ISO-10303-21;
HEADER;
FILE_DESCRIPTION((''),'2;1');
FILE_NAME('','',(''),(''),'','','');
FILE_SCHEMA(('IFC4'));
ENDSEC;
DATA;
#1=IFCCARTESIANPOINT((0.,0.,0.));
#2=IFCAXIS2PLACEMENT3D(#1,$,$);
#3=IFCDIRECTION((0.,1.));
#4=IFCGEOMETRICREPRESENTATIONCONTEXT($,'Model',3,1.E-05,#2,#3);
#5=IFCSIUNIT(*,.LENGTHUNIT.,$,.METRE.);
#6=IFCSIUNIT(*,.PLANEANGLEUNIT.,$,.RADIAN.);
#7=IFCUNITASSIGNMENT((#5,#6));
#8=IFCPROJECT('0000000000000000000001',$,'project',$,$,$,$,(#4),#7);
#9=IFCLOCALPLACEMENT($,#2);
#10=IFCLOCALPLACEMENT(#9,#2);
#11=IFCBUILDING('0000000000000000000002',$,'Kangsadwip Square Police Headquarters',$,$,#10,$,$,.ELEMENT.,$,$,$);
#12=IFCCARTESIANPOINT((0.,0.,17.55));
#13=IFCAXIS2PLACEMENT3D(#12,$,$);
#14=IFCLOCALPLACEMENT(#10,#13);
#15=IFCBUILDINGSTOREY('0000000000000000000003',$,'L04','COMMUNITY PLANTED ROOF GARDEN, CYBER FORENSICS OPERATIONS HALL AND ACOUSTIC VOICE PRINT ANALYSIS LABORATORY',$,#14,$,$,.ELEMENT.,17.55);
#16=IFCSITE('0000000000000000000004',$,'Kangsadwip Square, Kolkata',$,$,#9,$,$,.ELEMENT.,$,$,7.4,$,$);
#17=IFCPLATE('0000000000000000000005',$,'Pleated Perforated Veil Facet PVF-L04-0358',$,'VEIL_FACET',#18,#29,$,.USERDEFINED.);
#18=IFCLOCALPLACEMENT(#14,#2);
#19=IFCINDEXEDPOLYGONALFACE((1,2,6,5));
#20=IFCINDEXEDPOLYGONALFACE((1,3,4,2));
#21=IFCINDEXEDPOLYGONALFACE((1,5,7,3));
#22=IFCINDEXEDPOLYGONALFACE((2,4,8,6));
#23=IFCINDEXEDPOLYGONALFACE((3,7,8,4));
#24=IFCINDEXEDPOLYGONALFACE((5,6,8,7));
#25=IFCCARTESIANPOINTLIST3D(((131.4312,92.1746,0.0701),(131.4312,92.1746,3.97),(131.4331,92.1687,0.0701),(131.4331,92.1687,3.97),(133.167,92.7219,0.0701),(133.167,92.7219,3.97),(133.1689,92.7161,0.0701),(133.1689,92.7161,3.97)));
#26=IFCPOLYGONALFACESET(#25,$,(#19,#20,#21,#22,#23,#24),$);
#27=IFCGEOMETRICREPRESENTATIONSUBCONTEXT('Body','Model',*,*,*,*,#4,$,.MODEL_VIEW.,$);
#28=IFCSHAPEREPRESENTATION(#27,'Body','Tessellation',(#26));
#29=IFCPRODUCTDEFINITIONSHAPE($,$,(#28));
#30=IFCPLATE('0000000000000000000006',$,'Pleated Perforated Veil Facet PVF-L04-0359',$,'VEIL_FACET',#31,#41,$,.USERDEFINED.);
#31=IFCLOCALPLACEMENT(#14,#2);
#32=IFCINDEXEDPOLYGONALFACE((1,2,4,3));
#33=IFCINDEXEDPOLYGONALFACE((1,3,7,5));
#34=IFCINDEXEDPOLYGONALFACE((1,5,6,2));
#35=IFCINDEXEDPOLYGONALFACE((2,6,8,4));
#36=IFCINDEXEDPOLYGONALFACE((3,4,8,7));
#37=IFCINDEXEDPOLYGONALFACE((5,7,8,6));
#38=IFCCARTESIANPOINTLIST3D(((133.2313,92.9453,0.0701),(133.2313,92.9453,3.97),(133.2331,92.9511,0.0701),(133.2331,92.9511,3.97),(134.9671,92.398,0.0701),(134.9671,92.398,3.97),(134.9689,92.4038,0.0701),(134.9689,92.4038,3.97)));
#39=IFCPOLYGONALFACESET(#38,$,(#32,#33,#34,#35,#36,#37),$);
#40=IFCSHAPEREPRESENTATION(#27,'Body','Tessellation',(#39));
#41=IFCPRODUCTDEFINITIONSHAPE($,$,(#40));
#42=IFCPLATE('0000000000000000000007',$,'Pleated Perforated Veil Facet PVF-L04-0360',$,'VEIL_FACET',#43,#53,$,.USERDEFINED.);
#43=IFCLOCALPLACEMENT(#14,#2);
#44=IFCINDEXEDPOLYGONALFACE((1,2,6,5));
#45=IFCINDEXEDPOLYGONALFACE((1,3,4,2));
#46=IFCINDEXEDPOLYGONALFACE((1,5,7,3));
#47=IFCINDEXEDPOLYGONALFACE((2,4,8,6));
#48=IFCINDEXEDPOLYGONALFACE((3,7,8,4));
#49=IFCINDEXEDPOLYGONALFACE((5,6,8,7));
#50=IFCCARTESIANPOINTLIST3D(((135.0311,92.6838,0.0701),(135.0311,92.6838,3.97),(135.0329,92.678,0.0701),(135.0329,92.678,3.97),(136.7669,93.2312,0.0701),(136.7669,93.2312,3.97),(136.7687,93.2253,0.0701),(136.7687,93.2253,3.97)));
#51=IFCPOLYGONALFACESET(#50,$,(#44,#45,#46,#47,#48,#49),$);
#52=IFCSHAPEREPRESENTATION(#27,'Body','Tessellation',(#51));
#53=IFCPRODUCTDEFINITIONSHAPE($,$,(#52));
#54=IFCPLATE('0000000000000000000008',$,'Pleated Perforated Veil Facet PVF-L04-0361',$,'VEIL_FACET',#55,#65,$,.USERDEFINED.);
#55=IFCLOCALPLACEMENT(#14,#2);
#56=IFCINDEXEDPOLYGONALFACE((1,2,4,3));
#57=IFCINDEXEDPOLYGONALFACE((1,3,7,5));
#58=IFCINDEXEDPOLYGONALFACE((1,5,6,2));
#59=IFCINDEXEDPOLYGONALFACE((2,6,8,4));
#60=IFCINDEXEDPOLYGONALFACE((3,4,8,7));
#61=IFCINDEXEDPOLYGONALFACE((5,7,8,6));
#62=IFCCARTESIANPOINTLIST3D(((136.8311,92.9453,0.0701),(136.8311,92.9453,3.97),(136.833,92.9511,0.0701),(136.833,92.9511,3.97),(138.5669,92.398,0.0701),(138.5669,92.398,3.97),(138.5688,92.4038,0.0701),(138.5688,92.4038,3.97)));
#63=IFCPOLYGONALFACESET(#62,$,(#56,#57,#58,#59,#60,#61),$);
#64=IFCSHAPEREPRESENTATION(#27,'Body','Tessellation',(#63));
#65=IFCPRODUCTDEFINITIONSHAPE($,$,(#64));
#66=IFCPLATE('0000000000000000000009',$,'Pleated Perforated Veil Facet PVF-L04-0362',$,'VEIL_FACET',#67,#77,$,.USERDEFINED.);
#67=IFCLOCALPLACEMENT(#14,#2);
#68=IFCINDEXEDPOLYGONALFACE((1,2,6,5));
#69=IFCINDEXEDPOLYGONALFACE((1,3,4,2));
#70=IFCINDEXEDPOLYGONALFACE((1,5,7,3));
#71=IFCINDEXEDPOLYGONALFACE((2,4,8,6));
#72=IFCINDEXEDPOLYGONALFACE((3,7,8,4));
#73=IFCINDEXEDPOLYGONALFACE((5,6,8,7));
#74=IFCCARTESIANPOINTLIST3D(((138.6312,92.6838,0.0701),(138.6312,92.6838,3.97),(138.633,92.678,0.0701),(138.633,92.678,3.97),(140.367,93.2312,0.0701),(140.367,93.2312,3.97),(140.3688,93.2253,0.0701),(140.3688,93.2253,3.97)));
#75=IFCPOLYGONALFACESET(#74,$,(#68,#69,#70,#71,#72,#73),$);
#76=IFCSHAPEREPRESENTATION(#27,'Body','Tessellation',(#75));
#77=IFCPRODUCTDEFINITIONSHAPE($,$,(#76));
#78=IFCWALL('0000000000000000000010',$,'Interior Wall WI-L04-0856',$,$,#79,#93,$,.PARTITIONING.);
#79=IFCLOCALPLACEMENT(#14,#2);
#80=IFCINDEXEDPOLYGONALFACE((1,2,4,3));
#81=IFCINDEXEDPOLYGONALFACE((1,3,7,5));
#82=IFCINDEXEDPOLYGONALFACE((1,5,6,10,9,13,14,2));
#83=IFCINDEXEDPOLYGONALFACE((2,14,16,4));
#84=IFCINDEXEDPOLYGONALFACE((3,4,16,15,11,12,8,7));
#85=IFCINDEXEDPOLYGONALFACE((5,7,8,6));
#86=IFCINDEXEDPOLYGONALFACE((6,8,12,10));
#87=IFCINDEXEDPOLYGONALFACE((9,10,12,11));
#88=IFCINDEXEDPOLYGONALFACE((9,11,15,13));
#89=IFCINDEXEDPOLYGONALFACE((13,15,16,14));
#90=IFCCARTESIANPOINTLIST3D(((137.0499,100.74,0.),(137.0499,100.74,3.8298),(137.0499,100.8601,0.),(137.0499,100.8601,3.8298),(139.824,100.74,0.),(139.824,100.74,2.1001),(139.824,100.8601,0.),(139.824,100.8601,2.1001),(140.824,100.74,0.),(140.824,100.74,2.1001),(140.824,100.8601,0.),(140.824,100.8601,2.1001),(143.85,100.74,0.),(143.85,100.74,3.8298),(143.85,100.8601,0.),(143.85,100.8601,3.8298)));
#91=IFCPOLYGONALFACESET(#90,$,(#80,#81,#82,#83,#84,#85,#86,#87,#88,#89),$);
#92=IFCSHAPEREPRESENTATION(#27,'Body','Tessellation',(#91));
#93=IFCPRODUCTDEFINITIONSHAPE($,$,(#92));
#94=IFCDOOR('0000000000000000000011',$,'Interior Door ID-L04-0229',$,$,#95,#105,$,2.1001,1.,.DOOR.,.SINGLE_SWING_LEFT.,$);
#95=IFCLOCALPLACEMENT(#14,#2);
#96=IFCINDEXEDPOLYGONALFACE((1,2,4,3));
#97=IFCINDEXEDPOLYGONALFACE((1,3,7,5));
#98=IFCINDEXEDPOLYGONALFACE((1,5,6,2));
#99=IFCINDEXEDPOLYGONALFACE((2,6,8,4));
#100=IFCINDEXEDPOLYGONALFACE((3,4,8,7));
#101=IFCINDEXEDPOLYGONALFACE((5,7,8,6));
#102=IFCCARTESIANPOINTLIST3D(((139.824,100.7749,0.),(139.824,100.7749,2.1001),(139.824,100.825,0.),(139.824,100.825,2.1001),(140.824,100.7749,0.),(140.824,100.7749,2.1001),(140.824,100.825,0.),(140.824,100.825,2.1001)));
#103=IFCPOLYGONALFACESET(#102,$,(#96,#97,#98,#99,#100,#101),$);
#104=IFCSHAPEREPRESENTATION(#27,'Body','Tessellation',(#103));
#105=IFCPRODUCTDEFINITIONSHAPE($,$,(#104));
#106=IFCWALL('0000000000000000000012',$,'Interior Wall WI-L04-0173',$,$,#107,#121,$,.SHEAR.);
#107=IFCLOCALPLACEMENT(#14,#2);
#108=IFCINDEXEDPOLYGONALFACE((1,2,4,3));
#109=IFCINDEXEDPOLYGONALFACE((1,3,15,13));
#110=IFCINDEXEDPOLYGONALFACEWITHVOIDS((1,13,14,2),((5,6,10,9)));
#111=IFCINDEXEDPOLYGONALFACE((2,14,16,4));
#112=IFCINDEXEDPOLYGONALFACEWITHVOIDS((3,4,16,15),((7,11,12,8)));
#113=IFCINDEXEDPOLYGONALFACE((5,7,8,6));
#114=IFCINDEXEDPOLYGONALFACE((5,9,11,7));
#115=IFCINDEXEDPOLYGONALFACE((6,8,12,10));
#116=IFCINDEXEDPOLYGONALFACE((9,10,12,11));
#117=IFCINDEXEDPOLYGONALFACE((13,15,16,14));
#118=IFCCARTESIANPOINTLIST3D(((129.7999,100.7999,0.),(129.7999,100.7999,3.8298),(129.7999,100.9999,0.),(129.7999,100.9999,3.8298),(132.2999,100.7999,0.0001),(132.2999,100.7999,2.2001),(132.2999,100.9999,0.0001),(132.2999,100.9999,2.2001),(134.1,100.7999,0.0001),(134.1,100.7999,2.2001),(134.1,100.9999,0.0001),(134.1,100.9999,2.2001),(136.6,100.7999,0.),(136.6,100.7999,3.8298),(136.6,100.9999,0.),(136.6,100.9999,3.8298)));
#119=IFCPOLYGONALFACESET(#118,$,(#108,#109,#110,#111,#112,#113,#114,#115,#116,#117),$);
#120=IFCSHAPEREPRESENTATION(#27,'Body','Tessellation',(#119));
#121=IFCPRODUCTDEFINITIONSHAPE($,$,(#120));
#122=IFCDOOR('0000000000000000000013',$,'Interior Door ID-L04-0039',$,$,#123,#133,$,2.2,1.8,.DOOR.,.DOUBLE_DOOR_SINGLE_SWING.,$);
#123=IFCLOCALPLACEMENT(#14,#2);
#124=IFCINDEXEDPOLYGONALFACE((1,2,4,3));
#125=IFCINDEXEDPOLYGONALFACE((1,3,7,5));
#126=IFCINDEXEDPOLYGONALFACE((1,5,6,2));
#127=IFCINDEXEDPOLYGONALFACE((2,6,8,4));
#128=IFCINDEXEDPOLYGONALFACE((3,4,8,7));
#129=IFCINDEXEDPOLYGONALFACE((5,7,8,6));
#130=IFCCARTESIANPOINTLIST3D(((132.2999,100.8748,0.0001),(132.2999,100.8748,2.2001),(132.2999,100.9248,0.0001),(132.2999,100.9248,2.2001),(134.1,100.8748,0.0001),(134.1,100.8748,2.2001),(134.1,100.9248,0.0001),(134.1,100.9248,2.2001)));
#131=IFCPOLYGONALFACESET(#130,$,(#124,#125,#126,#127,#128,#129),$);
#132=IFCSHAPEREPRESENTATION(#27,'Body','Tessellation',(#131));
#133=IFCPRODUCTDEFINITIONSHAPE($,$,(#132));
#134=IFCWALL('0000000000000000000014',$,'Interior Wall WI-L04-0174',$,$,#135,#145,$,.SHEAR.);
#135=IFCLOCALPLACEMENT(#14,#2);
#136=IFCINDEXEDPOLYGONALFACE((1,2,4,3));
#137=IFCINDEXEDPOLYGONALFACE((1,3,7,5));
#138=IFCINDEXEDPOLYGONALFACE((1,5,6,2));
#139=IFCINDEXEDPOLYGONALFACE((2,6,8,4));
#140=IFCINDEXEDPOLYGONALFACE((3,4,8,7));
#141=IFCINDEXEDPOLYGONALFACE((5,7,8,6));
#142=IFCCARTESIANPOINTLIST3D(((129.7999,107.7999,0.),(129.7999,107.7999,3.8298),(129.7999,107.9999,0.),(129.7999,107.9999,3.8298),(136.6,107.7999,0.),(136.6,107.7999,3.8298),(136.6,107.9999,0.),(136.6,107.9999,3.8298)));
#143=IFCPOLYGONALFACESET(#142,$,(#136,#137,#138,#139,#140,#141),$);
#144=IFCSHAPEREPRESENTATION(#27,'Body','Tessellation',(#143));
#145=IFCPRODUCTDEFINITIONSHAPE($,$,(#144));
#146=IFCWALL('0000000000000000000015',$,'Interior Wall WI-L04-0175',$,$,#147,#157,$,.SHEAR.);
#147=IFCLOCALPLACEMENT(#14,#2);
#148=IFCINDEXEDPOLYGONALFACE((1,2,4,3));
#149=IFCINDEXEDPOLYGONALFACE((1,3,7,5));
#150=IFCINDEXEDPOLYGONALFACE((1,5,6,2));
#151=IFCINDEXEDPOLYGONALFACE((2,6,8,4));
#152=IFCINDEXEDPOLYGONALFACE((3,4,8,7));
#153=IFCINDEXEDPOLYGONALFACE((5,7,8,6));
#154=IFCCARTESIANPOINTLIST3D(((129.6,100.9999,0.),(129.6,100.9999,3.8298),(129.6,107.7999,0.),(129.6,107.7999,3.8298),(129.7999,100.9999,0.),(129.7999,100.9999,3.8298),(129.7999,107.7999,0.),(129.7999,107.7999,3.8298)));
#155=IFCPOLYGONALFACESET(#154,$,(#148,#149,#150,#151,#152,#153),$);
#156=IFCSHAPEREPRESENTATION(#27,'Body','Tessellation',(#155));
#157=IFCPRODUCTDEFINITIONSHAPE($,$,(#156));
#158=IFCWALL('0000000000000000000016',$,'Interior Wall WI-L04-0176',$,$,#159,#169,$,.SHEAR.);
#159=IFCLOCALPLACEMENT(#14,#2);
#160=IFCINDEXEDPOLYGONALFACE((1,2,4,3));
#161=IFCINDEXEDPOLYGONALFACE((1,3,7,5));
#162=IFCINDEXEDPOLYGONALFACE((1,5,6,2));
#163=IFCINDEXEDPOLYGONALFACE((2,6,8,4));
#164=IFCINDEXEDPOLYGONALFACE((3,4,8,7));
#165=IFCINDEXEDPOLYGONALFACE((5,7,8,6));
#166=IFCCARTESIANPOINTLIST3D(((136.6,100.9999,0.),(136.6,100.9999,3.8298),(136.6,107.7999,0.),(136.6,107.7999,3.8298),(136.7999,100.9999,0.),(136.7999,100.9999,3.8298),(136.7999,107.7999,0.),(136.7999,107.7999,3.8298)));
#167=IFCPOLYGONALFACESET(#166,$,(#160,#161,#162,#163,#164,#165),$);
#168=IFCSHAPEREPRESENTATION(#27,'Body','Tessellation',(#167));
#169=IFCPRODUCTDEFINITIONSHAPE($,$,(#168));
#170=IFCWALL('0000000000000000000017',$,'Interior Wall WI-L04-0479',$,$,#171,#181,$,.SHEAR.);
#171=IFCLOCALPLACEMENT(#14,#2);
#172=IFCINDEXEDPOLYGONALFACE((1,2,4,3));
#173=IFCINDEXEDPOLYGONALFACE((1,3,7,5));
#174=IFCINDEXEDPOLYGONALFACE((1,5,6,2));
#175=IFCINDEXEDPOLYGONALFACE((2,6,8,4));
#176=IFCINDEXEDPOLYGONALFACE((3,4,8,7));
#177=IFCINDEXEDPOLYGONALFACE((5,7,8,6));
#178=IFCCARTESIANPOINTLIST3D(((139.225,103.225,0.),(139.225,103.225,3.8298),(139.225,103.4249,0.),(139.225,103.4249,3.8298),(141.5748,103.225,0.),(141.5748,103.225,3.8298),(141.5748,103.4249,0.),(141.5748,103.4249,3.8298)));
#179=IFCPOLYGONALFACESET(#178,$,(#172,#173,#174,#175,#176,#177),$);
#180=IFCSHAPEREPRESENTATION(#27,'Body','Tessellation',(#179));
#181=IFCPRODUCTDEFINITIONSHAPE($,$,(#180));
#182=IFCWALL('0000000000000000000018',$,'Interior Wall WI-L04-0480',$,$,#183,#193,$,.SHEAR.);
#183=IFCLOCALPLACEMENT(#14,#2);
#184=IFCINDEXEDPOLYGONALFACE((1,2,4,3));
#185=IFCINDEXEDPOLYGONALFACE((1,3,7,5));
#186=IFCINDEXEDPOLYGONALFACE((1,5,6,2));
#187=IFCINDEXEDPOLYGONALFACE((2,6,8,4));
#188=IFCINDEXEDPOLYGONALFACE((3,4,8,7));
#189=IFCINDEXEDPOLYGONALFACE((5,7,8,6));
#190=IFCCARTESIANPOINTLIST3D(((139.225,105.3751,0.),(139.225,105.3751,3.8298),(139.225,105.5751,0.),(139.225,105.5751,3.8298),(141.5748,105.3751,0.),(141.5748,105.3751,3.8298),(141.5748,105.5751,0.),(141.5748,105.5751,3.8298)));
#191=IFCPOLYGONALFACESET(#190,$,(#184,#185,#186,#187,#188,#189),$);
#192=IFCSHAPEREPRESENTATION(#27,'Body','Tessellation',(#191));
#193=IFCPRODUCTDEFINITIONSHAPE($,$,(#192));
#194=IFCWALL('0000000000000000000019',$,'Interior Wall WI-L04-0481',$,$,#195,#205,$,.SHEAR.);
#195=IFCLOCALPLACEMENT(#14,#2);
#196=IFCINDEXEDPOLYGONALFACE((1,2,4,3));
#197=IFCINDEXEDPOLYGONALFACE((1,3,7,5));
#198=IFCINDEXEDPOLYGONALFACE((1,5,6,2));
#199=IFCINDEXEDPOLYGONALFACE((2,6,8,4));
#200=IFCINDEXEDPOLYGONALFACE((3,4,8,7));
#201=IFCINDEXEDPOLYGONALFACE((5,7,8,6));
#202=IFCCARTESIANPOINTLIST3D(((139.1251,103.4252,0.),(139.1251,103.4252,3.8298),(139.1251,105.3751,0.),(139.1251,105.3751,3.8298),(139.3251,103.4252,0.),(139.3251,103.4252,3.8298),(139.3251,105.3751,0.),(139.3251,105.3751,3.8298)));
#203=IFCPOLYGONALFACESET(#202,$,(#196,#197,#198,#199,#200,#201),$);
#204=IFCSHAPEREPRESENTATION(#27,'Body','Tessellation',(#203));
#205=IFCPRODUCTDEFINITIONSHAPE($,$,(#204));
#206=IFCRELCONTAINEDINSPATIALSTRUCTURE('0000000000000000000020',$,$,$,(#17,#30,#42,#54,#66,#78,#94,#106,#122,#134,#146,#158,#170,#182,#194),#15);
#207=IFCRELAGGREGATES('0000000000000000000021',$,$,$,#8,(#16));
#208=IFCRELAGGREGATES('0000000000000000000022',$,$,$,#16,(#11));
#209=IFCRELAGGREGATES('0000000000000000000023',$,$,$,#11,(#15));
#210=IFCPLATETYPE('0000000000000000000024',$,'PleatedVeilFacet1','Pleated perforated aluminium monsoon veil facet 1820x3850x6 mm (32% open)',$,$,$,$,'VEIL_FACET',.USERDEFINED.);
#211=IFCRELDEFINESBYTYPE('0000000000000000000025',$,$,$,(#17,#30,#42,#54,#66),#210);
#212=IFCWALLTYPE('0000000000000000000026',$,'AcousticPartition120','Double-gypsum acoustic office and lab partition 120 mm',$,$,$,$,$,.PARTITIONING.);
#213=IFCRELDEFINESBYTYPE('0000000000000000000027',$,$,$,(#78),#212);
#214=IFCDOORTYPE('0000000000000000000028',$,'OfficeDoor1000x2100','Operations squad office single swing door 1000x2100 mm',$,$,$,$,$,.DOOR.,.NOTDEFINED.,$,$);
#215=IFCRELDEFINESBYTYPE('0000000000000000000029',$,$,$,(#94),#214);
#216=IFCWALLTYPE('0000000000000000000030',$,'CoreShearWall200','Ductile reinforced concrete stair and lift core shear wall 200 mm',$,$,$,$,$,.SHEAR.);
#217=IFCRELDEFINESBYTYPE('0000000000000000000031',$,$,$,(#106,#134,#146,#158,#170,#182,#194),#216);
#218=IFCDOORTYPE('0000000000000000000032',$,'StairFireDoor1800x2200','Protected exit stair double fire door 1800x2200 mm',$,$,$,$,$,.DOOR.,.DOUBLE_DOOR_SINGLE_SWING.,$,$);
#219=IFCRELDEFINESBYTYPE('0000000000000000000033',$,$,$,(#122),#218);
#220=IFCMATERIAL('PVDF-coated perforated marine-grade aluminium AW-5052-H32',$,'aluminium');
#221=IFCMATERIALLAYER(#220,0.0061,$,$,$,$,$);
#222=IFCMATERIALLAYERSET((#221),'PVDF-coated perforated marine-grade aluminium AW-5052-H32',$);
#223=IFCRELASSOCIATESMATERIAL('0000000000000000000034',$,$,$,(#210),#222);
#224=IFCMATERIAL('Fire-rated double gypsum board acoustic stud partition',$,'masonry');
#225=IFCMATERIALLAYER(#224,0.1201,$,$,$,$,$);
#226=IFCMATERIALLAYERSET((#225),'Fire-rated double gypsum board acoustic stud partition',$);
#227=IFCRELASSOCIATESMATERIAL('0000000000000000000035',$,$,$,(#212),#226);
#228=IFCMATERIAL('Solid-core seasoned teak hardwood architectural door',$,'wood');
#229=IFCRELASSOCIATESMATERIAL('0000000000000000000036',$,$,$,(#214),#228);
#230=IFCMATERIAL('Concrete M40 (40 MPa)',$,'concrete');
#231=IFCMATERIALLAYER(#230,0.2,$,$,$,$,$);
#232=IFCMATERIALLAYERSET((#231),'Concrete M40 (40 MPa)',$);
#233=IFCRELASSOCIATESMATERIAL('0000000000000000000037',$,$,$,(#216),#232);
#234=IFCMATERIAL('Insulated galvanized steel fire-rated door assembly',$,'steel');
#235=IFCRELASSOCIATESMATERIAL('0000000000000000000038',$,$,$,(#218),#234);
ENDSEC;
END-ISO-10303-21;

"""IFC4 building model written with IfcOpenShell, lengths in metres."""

from ifc_helpers import new_model, si_unit, direction, frame, frame_2d, origin, origin_2d, place, context, subcontext, project, spatial, rectangle, extrude, material, layer, layer_set, type_object, element, fill, save


model = new_model("IFC4")

# Units and contexts
model_context = context("Model", 3, precision=1e-05, world=origin(), true_north=direction((0.0, 1.0)))
body_context = subcontext(model_context, "Body", "Model", "MODEL_VIEW")
ifc_project = project(units=[si_unit("LENGTHUNIT", "METRE"), si_unit("PLANEANGLEUNIT", "RADIAN")], contexts=[model_context])

# Site, building, storey
site_placement = place(None, origin())
site = spatial("IfcSite", under=ifc_project, at=site_placement, Name="Kangsadwip Square, Kolkata", CompositionType="ELEMENT", RefElevation=7.4)
building_placement = place(site_placement, origin())
building = spatial("IfcBuilding", under=site, at=building_placement, Name="Kangsadwip Square Police Headquarters", CompositionType="ELEMENT")
storey_placement = place(building_placement, frame((0.0, 0.0, 17.55)))
storey = spatial("IfcBuildingStorey", under=building, at=storey_placement, Name="L04", Description="COMMUNITY PLANTED ROOF GARDEN, CYBER FORENSICS OPERATIONS HALL AND ACOUSTIC VOICE PRINT ANALYSIS LABORATORY", CompositionType="ELEMENT", Elevation=17.55)

# Plates
ifc_material_1 = material(Name="PVDF-coated perforated marine-grade aluminium AW-5052-H32", Category="aluminium")
ifc_layer_1 = layer(ifc_material_1, 0.0061)
ifc_layer_set_1 = layer_set([ifc_layer_1], Name="PVDF-coated perforated marine-grade aluminium AW-5052-H32")
plate_type_1 = type_object("IfcPlateType", Name="PleatedVeilFacet1", Description="Pleated perforated aluminium monsoon veil facet 1820x3850x6 mm (32% open)", ElementType="VEIL_FACET", PredefinedType="USERDEFINED", material=ifc_layer_set_1)
for number, where, z_axis, x_axis, name in (
    (1, (132.3, 92.4453, 0.0701), (0.0, 0.0, 1.0), (0.953717, 0.300706, 0.0), "Pleated Perforated Veil Facet PVF-L04-0358"),
    (2, (134.1001, 92.6746, 0.0701), (0.0, 0.0, 1.0), (0.953717, -0.300706, 0.0), "Pleated Perforated Veil Facet PVF-L04-0359"),
    (3, (135.8999, 92.9546, 0.0701), (0.0, 0.0, 1.0), (0.953717, 0.300706, 0.0), "Pleated Perforated Veil Facet PVF-L04-0360"),
    (4, (137.7, 92.6746, 0.0701), (0.0, 0.0, 1.0), (0.953717, -0.300706, 0.0), "Pleated Perforated Veil Facet PVF-L04-0361"),
    (5, (139.5, 92.9546, 0.0701), (0.0, 0.0, 1.0), (0.953717, 0.300706, 0.0), "Pleated Perforated Veil Facet PVF-L04-0362"),
):
    element("IfcPlate", number, at=place(storey_placement, frame(where, z_axis=z_axis, x_axis=x_axis)), inside=storey, type_object=plate_type_1, Name=name, ObjectType="VEIL_FACET", PredefinedType="USERDEFINED", context=body_context, shape_type="SweptSolid", body=[
        extrude(rectangle(XDim=1.8201, YDim=0.0061, at=origin_2d()), origin(), (0.0, 0.0, 1.0), 3.8999),
    ])

# Walls, openings, doors
ifc_material_2 = material(Name="Fire-rated double gypsum board acoustic stud partition", Category="masonry")
ifc_layer_2 = layer(ifc_material_2, 0.1201)
ifc_layer_set_2 = layer_set([ifc_layer_2], Name="Fire-rated double gypsum board acoustic stud partition")
wall_type_1 = type_object("IfcWallType", Name="AcousticPartition120", Description="Double-gypsum acoustic office and lab partition 120 mm", PredefinedType="PARTITIONING", material=ifc_layer_set_2)
wall_1_placement = place(storey_placement, frame((137.05, 100.8, 0.0), z_axis=(0.0, 0.0, 1.0), x_axis=(1.0, 0.0, 0.0)))
wall_1 = element("IfcWall", 6, at=wall_1_placement, inside=storey, type_object=wall_type_1, Name="Interior Wall WI-L04-0856", PredefinedType="PARTITIONING", context=body_context, shape_type="SweptSolid", body=[
    extrude(rectangle(XDim=6.8, YDim=0.1201, at=frame_2d((3.3999, 0.0))), origin(), (0.0, 0.0, 1.0), 3.8298),
])
opening_1_placement = place(wall_1_placement, frame((2.7739, 0.0, 0.0)))
opening_1 = element("IfcOpeningElement", 7, at=opening_1_placement, cuts=wall_1, PredefinedType="OPENING", context=body_context, shape_type="SweptSolid", body=[
    extrude(rectangle(XDim=1.0, YDim=2.1001, at=frame_2d((0.5, 1.05))), frame((0.0, 0.0701, 0.0), z_axis=(0.0, -1.0, 0.0), x_axis=(1.0, 0.0, 0.0)), (0.0, 0.0, 1.0), 0.1401),
])
ifc_material_3 = material(Name="Solid-core seasoned teak hardwood architectural door", Category="wood")
door_type_1 = type_object("IfcDoorType", Name="OfficeDoor1000x2100", Description="Operations squad office single swing door 1000x2100 mm", OperationType="NOTDEFINED", PredefinedType="DOOR", material=ifc_material_3)
door_1_placement = place(opening_1_placement, origin())
door_1 = element("IfcDoor", 8, at=door_1_placement, inside=storey, type_object=door_type_1, Name="Interior Door ID-L04-0229", OperationType="SINGLE_SWING_LEFT", OverallHeight=2.1001, OverallWidth=1.0, PredefinedType="DOOR", context=body_context, shape_type="SweptSolid", body=[
    extrude(rectangle(XDim=1.0, YDim=2.1001, at=frame_2d((0.5, 1.05))), frame((0.0, 0.0249, 0.0), z_axis=(0.0, -1.0, 0.0), x_axis=(1.0, 0.0, 0.0)), (0.0, 0.0, 1.0), 0.05),
])
fill(opening_1, door_1)
ifc_material_4 = material(Name="Concrete M40 (40 MPa)", Category="concrete")
ifc_layer_3 = layer(ifc_material_4, 0.2)
ifc_layer_set_3 = layer_set([ifc_layer_3], Name="Concrete M40 (40 MPa)")
wall_type_2 = type_object("IfcWallType", Name="CoreShearWall200", Description="Ductile reinforced concrete stair and lift core shear wall 200 mm", PredefinedType="SHEAR", material=ifc_layer_set_3)
wall_2_placement = place(storey_placement, frame((129.8, 100.8999, 0.0), z_axis=(0.0, 0.0, 1.0), x_axis=(1.0, 0.0, 0.0)))
wall_2 = element("IfcWall", 9, at=wall_2_placement, inside=storey, type_object=wall_type_2, Name="Interior Wall WI-L04-0173", PredefinedType="SHEAR", context=body_context, shape_type="SweptSolid", body=[
    extrude(rectangle(XDim=6.8, YDim=0.2, at=frame_2d((3.3999, 0.0))), origin(), (0.0, 0.0, 1.0), 3.8298),
])
opening_2_placement = place(wall_2_placement, frame((2.5, 0.0, 0.0)))
opening_2 = element("IfcOpeningElement", 10, at=opening_2_placement, cuts=wall_2, PredefinedType="OPENING", context=body_context, shape_type="SweptSolid", body=[
    extrude(rectangle(XDim=1.8, YDim=2.2, at=frame_2d((0.8999, 1.1001))), frame((0.0, 0.1099, 0.0), z_axis=(0.0, -1.0, 0.0), x_axis=(1.0, 0.0, 0.0)), (0.0, 0.0, 1.0), 0.22),
])
ifc_material_5 = material(Name="Insulated galvanized steel fire-rated door assembly", Category="steel")
door_type_2 = type_object("IfcDoorType", Name="StairFireDoor1800x2200", Description="Protected exit stair double fire door 1800x2200 mm", OperationType="DOUBLE_DOOR_SINGLE_SWING", PredefinedType="DOOR", material=ifc_material_5)
door_2_placement = place(opening_2_placement, origin())
door_2 = element("IfcDoor", 11, at=door_2_placement, inside=storey, type_object=door_type_2, Name="Interior Door ID-L04-0039", OperationType="DOUBLE_DOOR_SINGLE_SWING", OverallHeight=2.2, OverallWidth=1.8, PredefinedType="DOOR", context=body_context, shape_type="SweptSolid", body=[
    extrude(rectangle(XDim=1.8, YDim=2.2, at=frame_2d((0.8999, 1.1001))), frame((0.0, 0.0249, 0.0), z_axis=(0.0, -1.0, 0.0), x_axis=(1.0, 0.0, 0.0)), (0.0, 0.0, 1.0), 0.05),
])
fill(opening_2, door_2)

# Walls
for number, where, z_axis, x_axis, name in (
    (12, (129.8, 107.8999, 0.0), (0.0, 0.0, 1.0), (1.0, 0.0, 0.0), "Interior Wall WI-L04-0174"),
    (13, (129.7, 101.0, 0.0), (0.0, 0.0, 1.0), (0.0, 1.0, 0.0), "Interior Wall WI-L04-0175"),
    (14, (136.7, 101.0, 0.0), (0.0, 0.0, 1.0), (0.0, 1.0, 0.0), "Interior Wall WI-L04-0176"),
):
    element("IfcWall", number, at=place(storey_placement, frame(where, z_axis=z_axis, x_axis=x_axis)), inside=storey, type_object=wall_type_2, Name=name, PredefinedType="SHEAR", context=body_context, shape_type="SweptSolid", body=[
        extrude(rectangle(XDim=6.8, YDim=0.2, at=frame_2d((3.3999, 0.0))), origin(), (0.0, 0.0, 1.0), 3.8298),
    ])
for number, where, z_axis, x_axis, name in (
    (15, (139.2251, 103.325, 0.0), (0.0, 0.0, 1.0), (1.0, 0.0, 0.0), "Interior Wall WI-L04-0479"),
    (16, (139.2251, 105.4751, 0.0), (0.0, 0.0, 1.0), (1.0, 0.0, 0.0), "Interior Wall WI-L04-0480"),
):
    element("IfcWall", number, at=place(storey_placement, frame(where, z_axis=z_axis, x_axis=x_axis)), inside=storey, type_object=wall_type_2, Name=name, PredefinedType="SHEAR", context=body_context, shape_type="SweptSolid", body=[
        extrude(rectangle(XDim=2.3499, YDim=0.2, at=frame_2d((1.1748, 0.0))), origin(), (0.0, 0.0, 1.0), 3.8298),
    ])
wall_3_placement = place(storey_placement, frame((139.2251, 103.425, 0.0), z_axis=(0.0, 0.0, 1.0), x_axis=(0.0, 1.0, 0.0)))
element("IfcWall", 17, at=wall_3_placement, inside=storey, type_object=wall_type_2, Name="Interior Wall WI-L04-0481", PredefinedType="SHEAR", context=body_context, shape_type="SweptSolid", body=[
    extrude(rectangle(XDim=1.95, YDim=0.2, at=frame_2d((0.9751, 0.0))), origin(), (0.0, 0.0, 1.0), 3.8298),
])

save(model, "model.ifc")
